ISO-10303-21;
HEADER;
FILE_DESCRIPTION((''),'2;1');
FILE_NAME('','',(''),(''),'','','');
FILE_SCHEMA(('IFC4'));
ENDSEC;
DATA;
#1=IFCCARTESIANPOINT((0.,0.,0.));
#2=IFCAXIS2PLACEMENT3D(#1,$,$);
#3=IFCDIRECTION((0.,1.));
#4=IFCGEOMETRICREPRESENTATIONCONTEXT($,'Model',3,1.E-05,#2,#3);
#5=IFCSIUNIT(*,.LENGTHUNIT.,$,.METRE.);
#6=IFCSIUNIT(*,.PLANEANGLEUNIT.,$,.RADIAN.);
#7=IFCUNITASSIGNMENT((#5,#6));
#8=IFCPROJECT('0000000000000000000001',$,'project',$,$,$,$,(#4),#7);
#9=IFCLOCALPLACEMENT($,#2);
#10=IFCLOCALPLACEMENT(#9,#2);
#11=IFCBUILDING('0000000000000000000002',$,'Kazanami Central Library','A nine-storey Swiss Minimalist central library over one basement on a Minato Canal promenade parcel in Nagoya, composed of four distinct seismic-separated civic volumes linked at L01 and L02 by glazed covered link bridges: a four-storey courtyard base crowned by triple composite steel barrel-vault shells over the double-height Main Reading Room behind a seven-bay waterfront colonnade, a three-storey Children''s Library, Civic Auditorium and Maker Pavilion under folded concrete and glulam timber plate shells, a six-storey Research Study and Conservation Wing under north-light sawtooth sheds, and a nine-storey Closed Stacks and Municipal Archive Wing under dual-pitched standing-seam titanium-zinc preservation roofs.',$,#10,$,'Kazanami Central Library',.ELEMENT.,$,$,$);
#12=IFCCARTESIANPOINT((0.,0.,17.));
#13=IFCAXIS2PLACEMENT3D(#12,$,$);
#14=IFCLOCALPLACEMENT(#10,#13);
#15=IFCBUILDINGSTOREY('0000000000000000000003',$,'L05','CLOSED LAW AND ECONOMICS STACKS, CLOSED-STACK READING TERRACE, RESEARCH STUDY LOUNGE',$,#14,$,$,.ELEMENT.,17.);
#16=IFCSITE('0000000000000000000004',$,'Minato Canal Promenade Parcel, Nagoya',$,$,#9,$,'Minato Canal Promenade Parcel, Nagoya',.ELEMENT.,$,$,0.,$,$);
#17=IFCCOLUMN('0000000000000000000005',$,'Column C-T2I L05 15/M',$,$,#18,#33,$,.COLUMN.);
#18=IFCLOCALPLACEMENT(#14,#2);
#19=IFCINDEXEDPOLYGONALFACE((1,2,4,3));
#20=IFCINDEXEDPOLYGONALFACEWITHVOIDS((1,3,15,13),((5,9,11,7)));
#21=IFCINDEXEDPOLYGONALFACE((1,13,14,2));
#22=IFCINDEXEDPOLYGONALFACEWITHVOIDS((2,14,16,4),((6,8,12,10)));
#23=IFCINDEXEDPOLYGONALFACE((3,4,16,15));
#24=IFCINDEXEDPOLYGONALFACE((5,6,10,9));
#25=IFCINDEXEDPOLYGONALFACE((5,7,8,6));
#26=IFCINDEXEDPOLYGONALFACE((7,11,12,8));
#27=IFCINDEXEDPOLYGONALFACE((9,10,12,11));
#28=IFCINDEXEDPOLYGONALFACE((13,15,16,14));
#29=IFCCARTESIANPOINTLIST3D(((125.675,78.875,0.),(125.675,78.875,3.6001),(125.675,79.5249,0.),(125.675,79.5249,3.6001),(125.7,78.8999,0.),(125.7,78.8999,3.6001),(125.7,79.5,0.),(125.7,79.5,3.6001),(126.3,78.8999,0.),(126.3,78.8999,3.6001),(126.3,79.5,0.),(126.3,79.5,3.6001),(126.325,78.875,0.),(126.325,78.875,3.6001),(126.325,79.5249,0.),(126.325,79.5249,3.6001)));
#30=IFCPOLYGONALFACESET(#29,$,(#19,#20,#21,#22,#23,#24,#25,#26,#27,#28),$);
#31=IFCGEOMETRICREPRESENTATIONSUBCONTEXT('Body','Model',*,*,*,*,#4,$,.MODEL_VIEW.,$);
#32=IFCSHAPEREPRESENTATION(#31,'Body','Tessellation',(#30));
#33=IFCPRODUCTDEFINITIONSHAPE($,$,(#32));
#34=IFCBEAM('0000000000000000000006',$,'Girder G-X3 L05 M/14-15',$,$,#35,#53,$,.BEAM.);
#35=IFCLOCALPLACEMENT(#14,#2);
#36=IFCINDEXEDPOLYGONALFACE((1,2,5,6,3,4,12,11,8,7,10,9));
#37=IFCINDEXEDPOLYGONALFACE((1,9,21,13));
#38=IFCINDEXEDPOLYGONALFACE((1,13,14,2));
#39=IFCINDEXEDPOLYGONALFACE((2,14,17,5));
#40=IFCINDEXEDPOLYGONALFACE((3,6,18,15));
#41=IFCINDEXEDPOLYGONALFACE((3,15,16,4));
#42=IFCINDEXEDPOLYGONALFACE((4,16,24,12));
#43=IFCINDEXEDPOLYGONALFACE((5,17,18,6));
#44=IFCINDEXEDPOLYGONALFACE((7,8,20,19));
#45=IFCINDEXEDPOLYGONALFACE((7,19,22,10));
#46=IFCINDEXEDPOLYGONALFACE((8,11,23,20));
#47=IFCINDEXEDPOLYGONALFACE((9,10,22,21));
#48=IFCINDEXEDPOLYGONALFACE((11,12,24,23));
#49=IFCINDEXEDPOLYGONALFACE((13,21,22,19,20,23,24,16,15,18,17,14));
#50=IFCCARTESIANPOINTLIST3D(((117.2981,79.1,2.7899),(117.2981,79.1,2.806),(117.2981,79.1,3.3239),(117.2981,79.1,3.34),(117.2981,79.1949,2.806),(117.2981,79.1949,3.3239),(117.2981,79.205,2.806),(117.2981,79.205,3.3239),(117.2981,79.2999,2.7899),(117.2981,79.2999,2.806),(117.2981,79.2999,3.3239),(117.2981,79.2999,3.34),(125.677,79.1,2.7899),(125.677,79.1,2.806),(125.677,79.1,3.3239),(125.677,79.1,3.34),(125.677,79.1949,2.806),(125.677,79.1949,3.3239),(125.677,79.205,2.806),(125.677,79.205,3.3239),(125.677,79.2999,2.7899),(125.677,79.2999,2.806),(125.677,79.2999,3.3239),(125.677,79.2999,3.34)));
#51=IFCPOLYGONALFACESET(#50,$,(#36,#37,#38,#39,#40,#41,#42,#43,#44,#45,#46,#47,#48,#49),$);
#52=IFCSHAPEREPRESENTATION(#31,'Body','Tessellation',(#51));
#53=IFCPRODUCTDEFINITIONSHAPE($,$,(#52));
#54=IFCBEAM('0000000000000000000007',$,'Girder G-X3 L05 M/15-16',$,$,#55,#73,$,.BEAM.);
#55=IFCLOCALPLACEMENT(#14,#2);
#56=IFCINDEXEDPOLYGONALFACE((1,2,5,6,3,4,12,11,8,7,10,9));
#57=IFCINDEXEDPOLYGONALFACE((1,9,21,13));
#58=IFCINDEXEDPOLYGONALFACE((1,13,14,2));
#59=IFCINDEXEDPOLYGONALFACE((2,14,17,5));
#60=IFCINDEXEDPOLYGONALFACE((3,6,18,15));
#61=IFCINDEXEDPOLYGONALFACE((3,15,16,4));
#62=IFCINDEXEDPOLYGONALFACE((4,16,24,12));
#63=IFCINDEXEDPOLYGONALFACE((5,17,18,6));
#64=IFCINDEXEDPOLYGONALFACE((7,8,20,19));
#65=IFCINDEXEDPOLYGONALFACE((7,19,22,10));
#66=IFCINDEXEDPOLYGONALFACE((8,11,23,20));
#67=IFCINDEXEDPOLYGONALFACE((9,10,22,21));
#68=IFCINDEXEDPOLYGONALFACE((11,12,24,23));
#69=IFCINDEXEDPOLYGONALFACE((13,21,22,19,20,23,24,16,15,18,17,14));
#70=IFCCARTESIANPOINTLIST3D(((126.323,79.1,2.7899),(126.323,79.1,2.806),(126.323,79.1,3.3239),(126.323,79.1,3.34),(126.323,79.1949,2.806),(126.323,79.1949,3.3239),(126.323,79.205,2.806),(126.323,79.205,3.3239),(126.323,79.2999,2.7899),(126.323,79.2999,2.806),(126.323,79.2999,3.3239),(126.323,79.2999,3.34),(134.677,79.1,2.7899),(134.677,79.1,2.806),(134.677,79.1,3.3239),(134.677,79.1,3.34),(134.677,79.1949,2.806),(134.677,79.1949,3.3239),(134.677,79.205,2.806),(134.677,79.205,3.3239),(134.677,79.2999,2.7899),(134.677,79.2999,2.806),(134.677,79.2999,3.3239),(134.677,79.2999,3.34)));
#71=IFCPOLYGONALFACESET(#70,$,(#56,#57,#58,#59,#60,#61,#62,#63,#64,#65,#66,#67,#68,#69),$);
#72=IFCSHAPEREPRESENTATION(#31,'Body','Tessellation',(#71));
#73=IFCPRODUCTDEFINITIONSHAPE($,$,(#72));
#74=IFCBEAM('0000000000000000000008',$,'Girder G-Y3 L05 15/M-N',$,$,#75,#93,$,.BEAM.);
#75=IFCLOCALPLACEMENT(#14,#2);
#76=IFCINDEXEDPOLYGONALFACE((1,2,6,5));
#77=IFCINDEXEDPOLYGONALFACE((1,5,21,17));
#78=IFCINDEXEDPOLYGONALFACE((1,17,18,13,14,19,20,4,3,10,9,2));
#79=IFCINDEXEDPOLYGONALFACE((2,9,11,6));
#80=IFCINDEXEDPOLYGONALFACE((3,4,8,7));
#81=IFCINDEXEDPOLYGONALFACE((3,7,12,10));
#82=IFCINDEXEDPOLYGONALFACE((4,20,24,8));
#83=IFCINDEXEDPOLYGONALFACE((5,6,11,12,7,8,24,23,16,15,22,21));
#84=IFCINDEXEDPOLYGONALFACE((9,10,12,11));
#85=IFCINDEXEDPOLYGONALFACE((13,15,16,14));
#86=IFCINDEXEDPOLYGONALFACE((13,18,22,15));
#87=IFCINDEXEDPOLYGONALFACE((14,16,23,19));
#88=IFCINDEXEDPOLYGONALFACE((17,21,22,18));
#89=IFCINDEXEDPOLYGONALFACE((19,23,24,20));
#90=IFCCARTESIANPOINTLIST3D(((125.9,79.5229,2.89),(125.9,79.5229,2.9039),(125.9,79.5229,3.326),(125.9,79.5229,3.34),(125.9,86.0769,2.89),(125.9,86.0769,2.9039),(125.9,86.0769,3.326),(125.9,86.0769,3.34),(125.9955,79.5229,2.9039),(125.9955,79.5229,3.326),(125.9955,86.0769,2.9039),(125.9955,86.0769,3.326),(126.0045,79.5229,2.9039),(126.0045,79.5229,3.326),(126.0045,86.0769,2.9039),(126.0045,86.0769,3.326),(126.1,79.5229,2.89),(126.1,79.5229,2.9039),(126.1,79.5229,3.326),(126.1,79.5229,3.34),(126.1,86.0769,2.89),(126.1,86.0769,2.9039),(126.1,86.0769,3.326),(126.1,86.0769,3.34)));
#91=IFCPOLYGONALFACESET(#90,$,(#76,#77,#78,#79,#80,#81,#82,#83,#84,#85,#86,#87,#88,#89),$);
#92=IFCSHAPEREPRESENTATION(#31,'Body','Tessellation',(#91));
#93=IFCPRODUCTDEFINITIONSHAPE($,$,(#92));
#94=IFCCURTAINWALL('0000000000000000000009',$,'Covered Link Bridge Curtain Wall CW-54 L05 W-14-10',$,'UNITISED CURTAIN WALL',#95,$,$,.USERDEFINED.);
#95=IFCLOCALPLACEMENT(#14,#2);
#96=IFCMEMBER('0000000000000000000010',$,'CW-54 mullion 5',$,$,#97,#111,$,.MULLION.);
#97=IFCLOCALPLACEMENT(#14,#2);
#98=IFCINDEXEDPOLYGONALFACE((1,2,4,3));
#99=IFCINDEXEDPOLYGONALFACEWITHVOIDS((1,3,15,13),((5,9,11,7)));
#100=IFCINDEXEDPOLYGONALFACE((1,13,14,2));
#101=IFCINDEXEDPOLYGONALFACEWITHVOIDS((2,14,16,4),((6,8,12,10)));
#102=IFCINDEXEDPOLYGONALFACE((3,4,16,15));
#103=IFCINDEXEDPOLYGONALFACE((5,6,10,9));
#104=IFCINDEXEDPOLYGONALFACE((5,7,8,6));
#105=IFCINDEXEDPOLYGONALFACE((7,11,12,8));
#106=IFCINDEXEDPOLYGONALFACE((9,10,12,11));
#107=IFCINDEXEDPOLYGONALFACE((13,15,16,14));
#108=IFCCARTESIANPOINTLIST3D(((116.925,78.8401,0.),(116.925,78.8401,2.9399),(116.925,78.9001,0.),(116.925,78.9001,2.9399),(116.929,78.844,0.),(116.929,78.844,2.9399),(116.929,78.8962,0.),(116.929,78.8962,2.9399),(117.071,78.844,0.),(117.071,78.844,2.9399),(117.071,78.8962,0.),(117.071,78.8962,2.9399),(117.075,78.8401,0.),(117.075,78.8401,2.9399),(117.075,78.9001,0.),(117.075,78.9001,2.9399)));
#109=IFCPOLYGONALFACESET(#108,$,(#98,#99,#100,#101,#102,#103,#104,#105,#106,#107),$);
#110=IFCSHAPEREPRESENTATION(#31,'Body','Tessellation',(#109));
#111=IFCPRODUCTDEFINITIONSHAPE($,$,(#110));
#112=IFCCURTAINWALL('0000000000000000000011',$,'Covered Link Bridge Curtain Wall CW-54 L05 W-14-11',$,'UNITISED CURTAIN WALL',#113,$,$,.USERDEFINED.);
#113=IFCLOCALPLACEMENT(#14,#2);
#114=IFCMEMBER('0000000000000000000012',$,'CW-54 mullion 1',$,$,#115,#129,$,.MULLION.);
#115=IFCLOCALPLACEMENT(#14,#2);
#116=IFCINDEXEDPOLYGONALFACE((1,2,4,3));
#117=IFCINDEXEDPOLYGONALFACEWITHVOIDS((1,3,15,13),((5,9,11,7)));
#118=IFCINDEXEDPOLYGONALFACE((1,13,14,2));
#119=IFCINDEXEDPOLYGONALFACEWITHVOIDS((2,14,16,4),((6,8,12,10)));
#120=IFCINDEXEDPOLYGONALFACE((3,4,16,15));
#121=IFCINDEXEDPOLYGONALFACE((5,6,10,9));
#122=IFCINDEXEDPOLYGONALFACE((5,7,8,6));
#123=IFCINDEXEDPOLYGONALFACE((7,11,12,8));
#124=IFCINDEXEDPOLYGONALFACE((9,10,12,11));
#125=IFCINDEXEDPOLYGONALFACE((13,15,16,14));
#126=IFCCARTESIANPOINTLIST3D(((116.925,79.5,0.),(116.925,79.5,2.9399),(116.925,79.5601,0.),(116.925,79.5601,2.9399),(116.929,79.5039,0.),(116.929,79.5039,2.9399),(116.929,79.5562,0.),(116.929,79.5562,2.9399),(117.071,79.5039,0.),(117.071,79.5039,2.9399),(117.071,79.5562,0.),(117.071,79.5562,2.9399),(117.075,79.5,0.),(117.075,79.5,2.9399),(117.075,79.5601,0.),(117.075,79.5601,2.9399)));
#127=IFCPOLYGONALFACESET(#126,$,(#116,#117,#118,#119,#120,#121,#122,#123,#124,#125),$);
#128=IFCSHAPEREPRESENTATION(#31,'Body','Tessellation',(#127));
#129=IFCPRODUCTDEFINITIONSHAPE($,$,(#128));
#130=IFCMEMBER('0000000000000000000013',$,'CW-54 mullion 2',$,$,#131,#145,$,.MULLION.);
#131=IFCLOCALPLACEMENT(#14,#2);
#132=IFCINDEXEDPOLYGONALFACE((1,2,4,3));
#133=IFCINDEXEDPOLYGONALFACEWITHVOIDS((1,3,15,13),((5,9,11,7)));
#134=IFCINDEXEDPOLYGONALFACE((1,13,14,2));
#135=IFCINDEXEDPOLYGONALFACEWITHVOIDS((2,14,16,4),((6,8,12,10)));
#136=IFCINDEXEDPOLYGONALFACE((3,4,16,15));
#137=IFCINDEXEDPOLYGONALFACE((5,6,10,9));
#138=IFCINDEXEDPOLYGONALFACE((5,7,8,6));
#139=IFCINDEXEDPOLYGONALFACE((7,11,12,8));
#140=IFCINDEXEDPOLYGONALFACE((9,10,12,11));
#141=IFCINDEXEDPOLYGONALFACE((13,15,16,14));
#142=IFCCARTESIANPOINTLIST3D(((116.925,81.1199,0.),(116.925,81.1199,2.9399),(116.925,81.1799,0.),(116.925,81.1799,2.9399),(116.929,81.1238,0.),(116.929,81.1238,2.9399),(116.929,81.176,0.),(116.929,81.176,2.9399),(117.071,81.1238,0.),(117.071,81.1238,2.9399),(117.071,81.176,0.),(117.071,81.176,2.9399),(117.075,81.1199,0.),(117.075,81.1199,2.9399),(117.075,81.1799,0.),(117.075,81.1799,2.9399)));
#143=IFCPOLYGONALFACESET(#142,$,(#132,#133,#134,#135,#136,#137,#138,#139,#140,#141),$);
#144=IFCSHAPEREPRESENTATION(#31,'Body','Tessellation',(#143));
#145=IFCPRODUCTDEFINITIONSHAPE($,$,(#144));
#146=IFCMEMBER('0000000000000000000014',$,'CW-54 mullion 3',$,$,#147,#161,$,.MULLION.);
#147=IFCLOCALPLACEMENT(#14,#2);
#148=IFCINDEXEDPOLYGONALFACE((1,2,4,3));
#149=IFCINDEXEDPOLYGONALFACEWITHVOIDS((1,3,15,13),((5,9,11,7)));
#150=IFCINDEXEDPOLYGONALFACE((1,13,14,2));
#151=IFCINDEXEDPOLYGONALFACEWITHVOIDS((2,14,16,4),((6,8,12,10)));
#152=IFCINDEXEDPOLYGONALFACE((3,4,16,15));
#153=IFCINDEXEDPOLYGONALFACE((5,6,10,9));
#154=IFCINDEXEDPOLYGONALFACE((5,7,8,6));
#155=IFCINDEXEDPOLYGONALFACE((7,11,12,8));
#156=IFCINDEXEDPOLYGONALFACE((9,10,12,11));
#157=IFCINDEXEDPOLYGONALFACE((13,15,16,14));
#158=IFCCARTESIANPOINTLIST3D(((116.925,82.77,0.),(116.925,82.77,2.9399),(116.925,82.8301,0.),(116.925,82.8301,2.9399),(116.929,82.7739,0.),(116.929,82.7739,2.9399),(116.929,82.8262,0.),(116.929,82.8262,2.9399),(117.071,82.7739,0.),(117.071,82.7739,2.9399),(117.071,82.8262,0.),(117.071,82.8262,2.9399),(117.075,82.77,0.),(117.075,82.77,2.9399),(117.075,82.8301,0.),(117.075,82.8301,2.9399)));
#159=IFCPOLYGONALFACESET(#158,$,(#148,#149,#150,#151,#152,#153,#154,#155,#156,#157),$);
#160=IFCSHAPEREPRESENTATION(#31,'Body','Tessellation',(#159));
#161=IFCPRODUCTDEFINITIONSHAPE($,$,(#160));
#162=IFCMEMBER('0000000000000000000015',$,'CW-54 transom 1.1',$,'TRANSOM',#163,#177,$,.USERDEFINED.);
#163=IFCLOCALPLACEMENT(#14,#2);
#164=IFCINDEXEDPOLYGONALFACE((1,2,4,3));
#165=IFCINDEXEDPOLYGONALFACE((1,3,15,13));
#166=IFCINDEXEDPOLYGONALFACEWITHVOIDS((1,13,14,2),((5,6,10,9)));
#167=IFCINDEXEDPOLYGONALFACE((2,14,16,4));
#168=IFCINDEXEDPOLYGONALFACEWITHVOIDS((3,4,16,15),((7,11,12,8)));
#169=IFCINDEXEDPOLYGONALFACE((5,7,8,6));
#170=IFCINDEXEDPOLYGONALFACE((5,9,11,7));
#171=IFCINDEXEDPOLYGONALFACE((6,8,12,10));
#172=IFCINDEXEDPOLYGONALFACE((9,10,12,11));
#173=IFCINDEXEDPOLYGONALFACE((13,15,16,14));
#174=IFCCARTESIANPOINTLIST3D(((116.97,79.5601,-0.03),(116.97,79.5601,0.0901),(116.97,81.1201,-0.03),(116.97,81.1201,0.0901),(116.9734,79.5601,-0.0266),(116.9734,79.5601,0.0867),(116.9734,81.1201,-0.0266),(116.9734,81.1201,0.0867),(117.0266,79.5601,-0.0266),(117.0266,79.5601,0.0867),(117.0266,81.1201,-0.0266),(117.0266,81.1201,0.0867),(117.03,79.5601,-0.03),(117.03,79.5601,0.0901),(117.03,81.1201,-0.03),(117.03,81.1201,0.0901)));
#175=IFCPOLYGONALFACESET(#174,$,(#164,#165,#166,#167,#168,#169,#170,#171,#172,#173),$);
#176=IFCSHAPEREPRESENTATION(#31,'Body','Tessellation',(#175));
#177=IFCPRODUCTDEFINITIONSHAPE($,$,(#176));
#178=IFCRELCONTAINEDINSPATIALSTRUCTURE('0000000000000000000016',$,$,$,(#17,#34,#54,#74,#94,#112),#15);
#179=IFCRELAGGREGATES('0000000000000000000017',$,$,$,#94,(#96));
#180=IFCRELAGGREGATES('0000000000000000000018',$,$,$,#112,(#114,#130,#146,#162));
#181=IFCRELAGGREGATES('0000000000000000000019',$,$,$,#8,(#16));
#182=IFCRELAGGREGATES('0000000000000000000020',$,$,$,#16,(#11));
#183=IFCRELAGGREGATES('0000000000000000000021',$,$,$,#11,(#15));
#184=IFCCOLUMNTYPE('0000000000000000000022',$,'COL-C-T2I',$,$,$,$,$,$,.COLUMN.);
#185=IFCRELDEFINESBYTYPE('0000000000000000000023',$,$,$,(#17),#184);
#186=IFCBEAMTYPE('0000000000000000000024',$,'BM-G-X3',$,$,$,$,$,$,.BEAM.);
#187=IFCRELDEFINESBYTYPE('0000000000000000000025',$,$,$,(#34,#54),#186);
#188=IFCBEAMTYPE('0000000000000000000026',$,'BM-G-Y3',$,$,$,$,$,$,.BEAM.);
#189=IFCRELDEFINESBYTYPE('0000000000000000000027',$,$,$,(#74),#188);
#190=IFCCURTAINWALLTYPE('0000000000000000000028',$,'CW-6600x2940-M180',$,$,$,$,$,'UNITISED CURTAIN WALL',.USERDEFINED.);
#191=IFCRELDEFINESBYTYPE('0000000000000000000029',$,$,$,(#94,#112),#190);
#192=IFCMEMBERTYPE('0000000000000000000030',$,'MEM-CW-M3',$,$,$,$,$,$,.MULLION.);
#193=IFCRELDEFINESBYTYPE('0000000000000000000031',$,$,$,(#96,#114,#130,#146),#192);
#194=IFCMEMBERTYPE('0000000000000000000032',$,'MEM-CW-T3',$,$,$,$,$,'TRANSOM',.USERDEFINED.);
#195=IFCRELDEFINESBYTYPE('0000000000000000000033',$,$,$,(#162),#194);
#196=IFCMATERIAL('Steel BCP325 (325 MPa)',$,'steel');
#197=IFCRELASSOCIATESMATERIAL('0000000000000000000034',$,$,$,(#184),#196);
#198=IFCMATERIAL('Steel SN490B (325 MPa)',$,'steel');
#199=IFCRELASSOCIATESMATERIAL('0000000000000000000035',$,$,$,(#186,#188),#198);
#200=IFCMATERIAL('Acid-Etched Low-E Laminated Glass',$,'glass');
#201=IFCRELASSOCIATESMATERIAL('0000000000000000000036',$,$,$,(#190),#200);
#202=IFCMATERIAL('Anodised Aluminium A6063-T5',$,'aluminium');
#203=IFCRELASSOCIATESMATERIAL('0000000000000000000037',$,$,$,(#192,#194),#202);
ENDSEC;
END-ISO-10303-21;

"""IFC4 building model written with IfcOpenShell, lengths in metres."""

from ifc_helpers import new_model, si_unit, direction, frame, origin, origin_2d, place, context, subcontext, project, spatial, hollow_rectangle, i_section, extrude, material, material_profile, profile_set, type_object, element, aggregate, save


model = new_model("IFC4")

# Units and contexts
model_context = context("Model", 3, precision=1e-05, world=origin(), true_north=direction((0.0, 1.0)))
body_context = subcontext(model_context, "Body", "Model", "MODEL_VIEW")
ifc_project = project(units=[si_unit("LENGTHUNIT", "METRE"), si_unit("PLANEANGLEUNIT", "RADIAN")], contexts=[model_context])

# Site, building, storey
site_placement = place(None, origin())
site = spatial("IfcSite", under=ifc_project, at=site_placement, Name="Minato Canal Promenade Parcel, Nagoya", LongName="Minato Canal Promenade Parcel, Nagoya", CompositionType="ELEMENT", RefElevation=0.0)
building_placement = place(site_placement, origin())
building = spatial("IfcBuilding", under=site, at=building_placement, Name="Kazanami Central Library", Description="A nine-storey Swiss Minimalist central library over one basement on a Minato Canal promenade parcel in Nagoya, composed of four distinct seismic-separated civic volumes linked at L01 and L02 by glazed covered link bridges: a four-storey courtyard base crowned by triple composite steel barrel-vault shells over the double-height Main Reading Room behind a seven-bay waterfront colonnade, a three-storey Children's Library, Civic Auditorium and Maker Pavilion under folded concrete and glulam timber plate shells, a six-storey Research Study and Conservation Wing under north-light sawtooth sheds, and a nine-storey Closed Stacks and Municipal Archive Wing under dual-pitched standing-seam titanium-zinc preservation roofs.", LongName="Kazanami Central Library", CompositionType="ELEMENT")
storey_placement = place(building_placement, frame((0.0, 0.0, 17.0)))
storey = spatial("IfcBuildingStorey", under=building, at=storey_placement, Name="L05", Description="CLOSED LAW AND ECONOMICS STACKS, CLOSED-STACK READING TERRACE, RESEARCH STUDY LOUNGE", CompositionType="ELEMENT", Elevation=17.0)

# Column
ifc_material_1 = material(Name="Steel BCP325 (325 MPa)", Category="steel")
ifc_material_profile_1 = material_profile(ifc_material_1, hollow_rectangle(XDim=0.6499, YDim=0.6499, WallThickness=0.0249, at=origin_2d()), Name="BCP-650x650x25")
ifc_profile_set_1 = profile_set([ifc_material_profile_1], Name="Steel BCP325 (325 MPa)")
column_type = type_object("IfcColumnType", Name="COL-C-T2I", PredefinedType="COLUMN", material=ifc_profile_set_1)
column_placement = place(storey_placement, frame((126.0, 79.2, 0.0), z_axis=(0.0, 0.0, 1.0), x_axis=(1.0, 0.0, 0.0)))
element("IfcColumn", 1, at=column_placement, inside=storey, type_object=column_type, Name="Column C-T2I L05 15/M", PredefinedType="COLUMN", context=body_context, shape_type="SweptSolid", body=[
    extrude(hollow_rectangle(XDim=0.6499, YDim=0.6499, WallThickness=0.0249, at=origin_2d()), origin(), (0.0, 0.0, 1.0), 3.6001),
])

# Beams
ifc_material_2 = material(Name="Steel SN490B (325 MPa)", Category="steel")
ifc_material_profile_2 = material_profile(ifc_material_2, i_section(OverallWidth=0.2, OverallDepth=0.55, WebThickness=0.01, FlangeThickness=0.0161, at=origin_2d()), Name="H-550x200x10x16")
ifc_profile_set_2 = profile_set([ifc_material_profile_2], Name="Steel SN490B (325 MPa)")
beam_type_1 = type_object("IfcBeamType", Name="BM-G-X3", PredefinedType="BEAM", material=ifc_profile_set_2)
beam_1_placement = place(storey_placement, frame((117.2981, 79.2, 3.0649), z_axis=(1.0, 0.0, 0.0), x_axis=(0.0, 1.0, 0.0)))
element("IfcBeam", 2, at=beam_1_placement, inside=storey, type_object=beam_type_1, Name="Girder G-X3 L05 M/14-15", PredefinedType="BEAM", context=body_context, shape_type="SweptSolid", body=[
    extrude(i_section(OverallWidth=0.2, OverallDepth=0.55, WebThickness=0.01, FlangeThickness=0.0161, at=origin_2d()), origin(), (0.0, 0.0, 1.0), 8.3789),
])
beam_2_placement = place(storey_placement, frame((126.323, 79.2, 3.0649), z_axis=(1.0, 0.0, 0.0), x_axis=(0.0, 1.0, 0.0)))
element("IfcBeam", 3, at=beam_2_placement, inside=storey, type_object=beam_type_1, Name="Girder G-X3 L05 M/15-16", PredefinedType="BEAM", context=body_context, shape_type="SweptSolid", body=[
    extrude(i_section(OverallWidth=0.2, OverallDepth=0.55, WebThickness=0.01, FlangeThickness=0.0161, at=origin_2d()), origin(), (0.0, 0.0, 1.0), 8.354),
])
ifc_material_profile_3 = material_profile(ifc_material_2, i_section(OverallWidth=0.2, OverallDepth=0.45, WebThickness=0.009, FlangeThickness=0.0139, at=origin_2d()), Name="H-450x200x9x14")
ifc_profile_set_3 = profile_set([ifc_material_profile_3], Name="Steel SN490B (325 MPa)")
beam_type_2 = type_object("IfcBeamType", Name="BM-G-Y3", PredefinedType="BEAM", material=ifc_profile_set_3)
beam_3_placement = place(storey_placement, frame((126.0, 79.5229, 3.115), z_axis=(0.0, 1.0, 0.0), x_axis=(-1.0, 0.0, 0.0)))
element("IfcBeam", 4, at=beam_3_placement, inside=storey, type_object=beam_type_2, Name="Girder G-Y3 L05 15/M-N", PredefinedType="BEAM", context=body_context, shape_type="SweptSolid", body=[
    extrude(i_section(OverallWidth=0.2, OverallDepth=0.45, WebThickness=0.009, FlangeThickness=0.0139, at=origin_2d()), origin(), (0.0, 0.0, 1.0), 6.554),
])

# Curtain wall, member
ifc_material_3 = material(Name="Acid-Etched Low-E Laminated Glass", Category="glass")
curtain_wall_type = type_object("IfcCurtainWallType", Name="CW-6600x2940-M180", ElementType="UNITISED CURTAIN WALL", PredefinedType="USERDEFINED", material=ifc_material_3)
curtain_wall_1_placement = place(storey_placement, origin())
curtain_wall_1 = element("IfcCurtainWall", 5, at=curtain_wall_1_placement, inside=storey, type_object=curtain_wall_type, Name="Covered Link Bridge Curtain Wall CW-54 L05 W-14-10", ObjectType="UNITISED CURTAIN WALL", PredefinedType="USERDEFINED")
ifc_material_4 = material(Name="Anodised Aluminium A6063-T5", Category="aluminium")
ifc_material_profile_4 = material_profile(ifc_material_4, hollow_rectangle(XDim=0.0601, YDim=0.1499, WallThickness=0.0039, at=origin_2d()), Name="ALU-MULL-60x150x4")
ifc_profile_set_4 = profile_set([ifc_material_profile_4], Name="Anodised Aluminium A6063-T5")
member_type_1 = type_object("IfcMemberType", Name="MEM-CW-M3", PredefinedType="MULLION", material=ifc_profile_set_4)
member_1_placement = place(storey_placement, frame((117.0, 78.8701, 0.0), z_axis=(0.0, 0.0, 1.0), x_axis=(0.0, 1.0, 0.0)))
member_1 = element("IfcMember", 6, at=member_1_placement, type_object=member_type_1, Name="CW-54 mullion 5", PredefinedType="MULLION", context=body_context, shape_type="SweptSolid", body=[
    extrude(hollow_rectangle(XDim=0.0601, YDim=0.1499, WallThickness=0.0039, at=origin_2d()), origin(), (0.0, 0.0, 1.0), 2.9399),
])

# Curtain wall, members
curtain_wall_2_placement = place(storey_placement, origin())
curtain_wall_2 = element("IfcCurtainWall", 7, at=curtain_wall_2_placement, inside=storey, type_object=curtain_wall_type, Name="Covered Link Bridge Curtain Wall CW-54 L05 W-14-11", ObjectType="UNITISED CURTAIN WALL", PredefinedType="USERDEFINED")
member_2_placement = place(storey_placement, frame((117.0, 79.53, 0.0), z_axis=(0.0, 0.0, 1.0), x_axis=(0.0, 1.0, 0.0)))
member_2 = element("IfcMember", 8, at=member_2_placement, type_object=member_type_1, Name="CW-54 mullion 1", PredefinedType="MULLION", context=body_context, shape_type="SweptSolid", body=[
    extrude(hollow_rectangle(XDim=0.0601, YDim=0.1499, WallThickness=0.0039, at=origin_2d()), origin(), (0.0, 0.0, 1.0), 2.9399),
])
member_3_placement = place(storey_placement, frame((117.0, 81.1499, 0.0), z_axis=(0.0, 0.0, 1.0), x_axis=(0.0, 1.0, 0.0)))
member_3 = element("IfcMember", 9, at=member_3_placement, type_object=member_type_1, Name="CW-54 mullion 2", PredefinedType="MULLION", context=body_context, shape_type="SweptSolid", body=[
    extrude(hollow_rectangle(XDim=0.0601, YDim=0.1499, WallThickness=0.0039, at=origin_2d()), origin(), (0.0, 0.0, 1.0), 2.9399),
])
member_4_placement = place(storey_placement, frame((117.0, 82.8, 0.0), z_axis=(0.0, 0.0, 1.0), x_axis=(0.0, 1.0, 0.0)))
member_4 = element("IfcMember", 10, at=member_4_placement, type_object=member_type_1, Name="CW-54 mullion 3", PredefinedType="MULLION", context=body_context, shape_type="SweptSolid", body=[
    extrude(hollow_rectangle(XDim=0.0601, YDim=0.1499, WallThickness=0.0039, at=origin_2d()), origin(), (0.0, 0.0, 1.0), 2.9399),
])
ifc_material_profile_5 = material_profile(ifc_material_4, hollow_rectangle(XDim=0.0601, YDim=0.1201, WallThickness=0.0034, at=origin_2d()), Name="ALU-TRAN-60x120x3.5")
ifc_profile_set_5 = profile_set([ifc_material_profile_5], Name="Anodised Aluminium A6063-T5")
member_type_2 = type_object("IfcMemberType", Name="MEM-CW-T3", ElementType="TRANSOM", PredefinedType="USERDEFINED", material=ifc_profile_set_5)
member_5_placement = place(storey_placement, frame((117.0, 79.5601, 0.03), z_axis=(0.0, 1.0, 0.0), x_axis=(-1.0, 0.0, 0.0)))
member_5 = element("IfcMember", 11, at=member_5_placement, type_object=member_type_2, Name="CW-54 transom 1.1", ObjectType="TRANSOM", PredefinedType="USERDEFINED", context=body_context, shape_type="SweptSolid", body=[
    extrude(hollow_rectangle(XDim=0.0601, YDim=0.1201, WallThickness=0.0034, at=origin_2d()), origin(), (0.0, 0.0, 1.0), 1.5601),
])

aggregate(curtain_wall_1, [member_1])
aggregate(curtain_wall_2, [member_2, member_3, member_4, member_5])

save(model, "model.ifc")
